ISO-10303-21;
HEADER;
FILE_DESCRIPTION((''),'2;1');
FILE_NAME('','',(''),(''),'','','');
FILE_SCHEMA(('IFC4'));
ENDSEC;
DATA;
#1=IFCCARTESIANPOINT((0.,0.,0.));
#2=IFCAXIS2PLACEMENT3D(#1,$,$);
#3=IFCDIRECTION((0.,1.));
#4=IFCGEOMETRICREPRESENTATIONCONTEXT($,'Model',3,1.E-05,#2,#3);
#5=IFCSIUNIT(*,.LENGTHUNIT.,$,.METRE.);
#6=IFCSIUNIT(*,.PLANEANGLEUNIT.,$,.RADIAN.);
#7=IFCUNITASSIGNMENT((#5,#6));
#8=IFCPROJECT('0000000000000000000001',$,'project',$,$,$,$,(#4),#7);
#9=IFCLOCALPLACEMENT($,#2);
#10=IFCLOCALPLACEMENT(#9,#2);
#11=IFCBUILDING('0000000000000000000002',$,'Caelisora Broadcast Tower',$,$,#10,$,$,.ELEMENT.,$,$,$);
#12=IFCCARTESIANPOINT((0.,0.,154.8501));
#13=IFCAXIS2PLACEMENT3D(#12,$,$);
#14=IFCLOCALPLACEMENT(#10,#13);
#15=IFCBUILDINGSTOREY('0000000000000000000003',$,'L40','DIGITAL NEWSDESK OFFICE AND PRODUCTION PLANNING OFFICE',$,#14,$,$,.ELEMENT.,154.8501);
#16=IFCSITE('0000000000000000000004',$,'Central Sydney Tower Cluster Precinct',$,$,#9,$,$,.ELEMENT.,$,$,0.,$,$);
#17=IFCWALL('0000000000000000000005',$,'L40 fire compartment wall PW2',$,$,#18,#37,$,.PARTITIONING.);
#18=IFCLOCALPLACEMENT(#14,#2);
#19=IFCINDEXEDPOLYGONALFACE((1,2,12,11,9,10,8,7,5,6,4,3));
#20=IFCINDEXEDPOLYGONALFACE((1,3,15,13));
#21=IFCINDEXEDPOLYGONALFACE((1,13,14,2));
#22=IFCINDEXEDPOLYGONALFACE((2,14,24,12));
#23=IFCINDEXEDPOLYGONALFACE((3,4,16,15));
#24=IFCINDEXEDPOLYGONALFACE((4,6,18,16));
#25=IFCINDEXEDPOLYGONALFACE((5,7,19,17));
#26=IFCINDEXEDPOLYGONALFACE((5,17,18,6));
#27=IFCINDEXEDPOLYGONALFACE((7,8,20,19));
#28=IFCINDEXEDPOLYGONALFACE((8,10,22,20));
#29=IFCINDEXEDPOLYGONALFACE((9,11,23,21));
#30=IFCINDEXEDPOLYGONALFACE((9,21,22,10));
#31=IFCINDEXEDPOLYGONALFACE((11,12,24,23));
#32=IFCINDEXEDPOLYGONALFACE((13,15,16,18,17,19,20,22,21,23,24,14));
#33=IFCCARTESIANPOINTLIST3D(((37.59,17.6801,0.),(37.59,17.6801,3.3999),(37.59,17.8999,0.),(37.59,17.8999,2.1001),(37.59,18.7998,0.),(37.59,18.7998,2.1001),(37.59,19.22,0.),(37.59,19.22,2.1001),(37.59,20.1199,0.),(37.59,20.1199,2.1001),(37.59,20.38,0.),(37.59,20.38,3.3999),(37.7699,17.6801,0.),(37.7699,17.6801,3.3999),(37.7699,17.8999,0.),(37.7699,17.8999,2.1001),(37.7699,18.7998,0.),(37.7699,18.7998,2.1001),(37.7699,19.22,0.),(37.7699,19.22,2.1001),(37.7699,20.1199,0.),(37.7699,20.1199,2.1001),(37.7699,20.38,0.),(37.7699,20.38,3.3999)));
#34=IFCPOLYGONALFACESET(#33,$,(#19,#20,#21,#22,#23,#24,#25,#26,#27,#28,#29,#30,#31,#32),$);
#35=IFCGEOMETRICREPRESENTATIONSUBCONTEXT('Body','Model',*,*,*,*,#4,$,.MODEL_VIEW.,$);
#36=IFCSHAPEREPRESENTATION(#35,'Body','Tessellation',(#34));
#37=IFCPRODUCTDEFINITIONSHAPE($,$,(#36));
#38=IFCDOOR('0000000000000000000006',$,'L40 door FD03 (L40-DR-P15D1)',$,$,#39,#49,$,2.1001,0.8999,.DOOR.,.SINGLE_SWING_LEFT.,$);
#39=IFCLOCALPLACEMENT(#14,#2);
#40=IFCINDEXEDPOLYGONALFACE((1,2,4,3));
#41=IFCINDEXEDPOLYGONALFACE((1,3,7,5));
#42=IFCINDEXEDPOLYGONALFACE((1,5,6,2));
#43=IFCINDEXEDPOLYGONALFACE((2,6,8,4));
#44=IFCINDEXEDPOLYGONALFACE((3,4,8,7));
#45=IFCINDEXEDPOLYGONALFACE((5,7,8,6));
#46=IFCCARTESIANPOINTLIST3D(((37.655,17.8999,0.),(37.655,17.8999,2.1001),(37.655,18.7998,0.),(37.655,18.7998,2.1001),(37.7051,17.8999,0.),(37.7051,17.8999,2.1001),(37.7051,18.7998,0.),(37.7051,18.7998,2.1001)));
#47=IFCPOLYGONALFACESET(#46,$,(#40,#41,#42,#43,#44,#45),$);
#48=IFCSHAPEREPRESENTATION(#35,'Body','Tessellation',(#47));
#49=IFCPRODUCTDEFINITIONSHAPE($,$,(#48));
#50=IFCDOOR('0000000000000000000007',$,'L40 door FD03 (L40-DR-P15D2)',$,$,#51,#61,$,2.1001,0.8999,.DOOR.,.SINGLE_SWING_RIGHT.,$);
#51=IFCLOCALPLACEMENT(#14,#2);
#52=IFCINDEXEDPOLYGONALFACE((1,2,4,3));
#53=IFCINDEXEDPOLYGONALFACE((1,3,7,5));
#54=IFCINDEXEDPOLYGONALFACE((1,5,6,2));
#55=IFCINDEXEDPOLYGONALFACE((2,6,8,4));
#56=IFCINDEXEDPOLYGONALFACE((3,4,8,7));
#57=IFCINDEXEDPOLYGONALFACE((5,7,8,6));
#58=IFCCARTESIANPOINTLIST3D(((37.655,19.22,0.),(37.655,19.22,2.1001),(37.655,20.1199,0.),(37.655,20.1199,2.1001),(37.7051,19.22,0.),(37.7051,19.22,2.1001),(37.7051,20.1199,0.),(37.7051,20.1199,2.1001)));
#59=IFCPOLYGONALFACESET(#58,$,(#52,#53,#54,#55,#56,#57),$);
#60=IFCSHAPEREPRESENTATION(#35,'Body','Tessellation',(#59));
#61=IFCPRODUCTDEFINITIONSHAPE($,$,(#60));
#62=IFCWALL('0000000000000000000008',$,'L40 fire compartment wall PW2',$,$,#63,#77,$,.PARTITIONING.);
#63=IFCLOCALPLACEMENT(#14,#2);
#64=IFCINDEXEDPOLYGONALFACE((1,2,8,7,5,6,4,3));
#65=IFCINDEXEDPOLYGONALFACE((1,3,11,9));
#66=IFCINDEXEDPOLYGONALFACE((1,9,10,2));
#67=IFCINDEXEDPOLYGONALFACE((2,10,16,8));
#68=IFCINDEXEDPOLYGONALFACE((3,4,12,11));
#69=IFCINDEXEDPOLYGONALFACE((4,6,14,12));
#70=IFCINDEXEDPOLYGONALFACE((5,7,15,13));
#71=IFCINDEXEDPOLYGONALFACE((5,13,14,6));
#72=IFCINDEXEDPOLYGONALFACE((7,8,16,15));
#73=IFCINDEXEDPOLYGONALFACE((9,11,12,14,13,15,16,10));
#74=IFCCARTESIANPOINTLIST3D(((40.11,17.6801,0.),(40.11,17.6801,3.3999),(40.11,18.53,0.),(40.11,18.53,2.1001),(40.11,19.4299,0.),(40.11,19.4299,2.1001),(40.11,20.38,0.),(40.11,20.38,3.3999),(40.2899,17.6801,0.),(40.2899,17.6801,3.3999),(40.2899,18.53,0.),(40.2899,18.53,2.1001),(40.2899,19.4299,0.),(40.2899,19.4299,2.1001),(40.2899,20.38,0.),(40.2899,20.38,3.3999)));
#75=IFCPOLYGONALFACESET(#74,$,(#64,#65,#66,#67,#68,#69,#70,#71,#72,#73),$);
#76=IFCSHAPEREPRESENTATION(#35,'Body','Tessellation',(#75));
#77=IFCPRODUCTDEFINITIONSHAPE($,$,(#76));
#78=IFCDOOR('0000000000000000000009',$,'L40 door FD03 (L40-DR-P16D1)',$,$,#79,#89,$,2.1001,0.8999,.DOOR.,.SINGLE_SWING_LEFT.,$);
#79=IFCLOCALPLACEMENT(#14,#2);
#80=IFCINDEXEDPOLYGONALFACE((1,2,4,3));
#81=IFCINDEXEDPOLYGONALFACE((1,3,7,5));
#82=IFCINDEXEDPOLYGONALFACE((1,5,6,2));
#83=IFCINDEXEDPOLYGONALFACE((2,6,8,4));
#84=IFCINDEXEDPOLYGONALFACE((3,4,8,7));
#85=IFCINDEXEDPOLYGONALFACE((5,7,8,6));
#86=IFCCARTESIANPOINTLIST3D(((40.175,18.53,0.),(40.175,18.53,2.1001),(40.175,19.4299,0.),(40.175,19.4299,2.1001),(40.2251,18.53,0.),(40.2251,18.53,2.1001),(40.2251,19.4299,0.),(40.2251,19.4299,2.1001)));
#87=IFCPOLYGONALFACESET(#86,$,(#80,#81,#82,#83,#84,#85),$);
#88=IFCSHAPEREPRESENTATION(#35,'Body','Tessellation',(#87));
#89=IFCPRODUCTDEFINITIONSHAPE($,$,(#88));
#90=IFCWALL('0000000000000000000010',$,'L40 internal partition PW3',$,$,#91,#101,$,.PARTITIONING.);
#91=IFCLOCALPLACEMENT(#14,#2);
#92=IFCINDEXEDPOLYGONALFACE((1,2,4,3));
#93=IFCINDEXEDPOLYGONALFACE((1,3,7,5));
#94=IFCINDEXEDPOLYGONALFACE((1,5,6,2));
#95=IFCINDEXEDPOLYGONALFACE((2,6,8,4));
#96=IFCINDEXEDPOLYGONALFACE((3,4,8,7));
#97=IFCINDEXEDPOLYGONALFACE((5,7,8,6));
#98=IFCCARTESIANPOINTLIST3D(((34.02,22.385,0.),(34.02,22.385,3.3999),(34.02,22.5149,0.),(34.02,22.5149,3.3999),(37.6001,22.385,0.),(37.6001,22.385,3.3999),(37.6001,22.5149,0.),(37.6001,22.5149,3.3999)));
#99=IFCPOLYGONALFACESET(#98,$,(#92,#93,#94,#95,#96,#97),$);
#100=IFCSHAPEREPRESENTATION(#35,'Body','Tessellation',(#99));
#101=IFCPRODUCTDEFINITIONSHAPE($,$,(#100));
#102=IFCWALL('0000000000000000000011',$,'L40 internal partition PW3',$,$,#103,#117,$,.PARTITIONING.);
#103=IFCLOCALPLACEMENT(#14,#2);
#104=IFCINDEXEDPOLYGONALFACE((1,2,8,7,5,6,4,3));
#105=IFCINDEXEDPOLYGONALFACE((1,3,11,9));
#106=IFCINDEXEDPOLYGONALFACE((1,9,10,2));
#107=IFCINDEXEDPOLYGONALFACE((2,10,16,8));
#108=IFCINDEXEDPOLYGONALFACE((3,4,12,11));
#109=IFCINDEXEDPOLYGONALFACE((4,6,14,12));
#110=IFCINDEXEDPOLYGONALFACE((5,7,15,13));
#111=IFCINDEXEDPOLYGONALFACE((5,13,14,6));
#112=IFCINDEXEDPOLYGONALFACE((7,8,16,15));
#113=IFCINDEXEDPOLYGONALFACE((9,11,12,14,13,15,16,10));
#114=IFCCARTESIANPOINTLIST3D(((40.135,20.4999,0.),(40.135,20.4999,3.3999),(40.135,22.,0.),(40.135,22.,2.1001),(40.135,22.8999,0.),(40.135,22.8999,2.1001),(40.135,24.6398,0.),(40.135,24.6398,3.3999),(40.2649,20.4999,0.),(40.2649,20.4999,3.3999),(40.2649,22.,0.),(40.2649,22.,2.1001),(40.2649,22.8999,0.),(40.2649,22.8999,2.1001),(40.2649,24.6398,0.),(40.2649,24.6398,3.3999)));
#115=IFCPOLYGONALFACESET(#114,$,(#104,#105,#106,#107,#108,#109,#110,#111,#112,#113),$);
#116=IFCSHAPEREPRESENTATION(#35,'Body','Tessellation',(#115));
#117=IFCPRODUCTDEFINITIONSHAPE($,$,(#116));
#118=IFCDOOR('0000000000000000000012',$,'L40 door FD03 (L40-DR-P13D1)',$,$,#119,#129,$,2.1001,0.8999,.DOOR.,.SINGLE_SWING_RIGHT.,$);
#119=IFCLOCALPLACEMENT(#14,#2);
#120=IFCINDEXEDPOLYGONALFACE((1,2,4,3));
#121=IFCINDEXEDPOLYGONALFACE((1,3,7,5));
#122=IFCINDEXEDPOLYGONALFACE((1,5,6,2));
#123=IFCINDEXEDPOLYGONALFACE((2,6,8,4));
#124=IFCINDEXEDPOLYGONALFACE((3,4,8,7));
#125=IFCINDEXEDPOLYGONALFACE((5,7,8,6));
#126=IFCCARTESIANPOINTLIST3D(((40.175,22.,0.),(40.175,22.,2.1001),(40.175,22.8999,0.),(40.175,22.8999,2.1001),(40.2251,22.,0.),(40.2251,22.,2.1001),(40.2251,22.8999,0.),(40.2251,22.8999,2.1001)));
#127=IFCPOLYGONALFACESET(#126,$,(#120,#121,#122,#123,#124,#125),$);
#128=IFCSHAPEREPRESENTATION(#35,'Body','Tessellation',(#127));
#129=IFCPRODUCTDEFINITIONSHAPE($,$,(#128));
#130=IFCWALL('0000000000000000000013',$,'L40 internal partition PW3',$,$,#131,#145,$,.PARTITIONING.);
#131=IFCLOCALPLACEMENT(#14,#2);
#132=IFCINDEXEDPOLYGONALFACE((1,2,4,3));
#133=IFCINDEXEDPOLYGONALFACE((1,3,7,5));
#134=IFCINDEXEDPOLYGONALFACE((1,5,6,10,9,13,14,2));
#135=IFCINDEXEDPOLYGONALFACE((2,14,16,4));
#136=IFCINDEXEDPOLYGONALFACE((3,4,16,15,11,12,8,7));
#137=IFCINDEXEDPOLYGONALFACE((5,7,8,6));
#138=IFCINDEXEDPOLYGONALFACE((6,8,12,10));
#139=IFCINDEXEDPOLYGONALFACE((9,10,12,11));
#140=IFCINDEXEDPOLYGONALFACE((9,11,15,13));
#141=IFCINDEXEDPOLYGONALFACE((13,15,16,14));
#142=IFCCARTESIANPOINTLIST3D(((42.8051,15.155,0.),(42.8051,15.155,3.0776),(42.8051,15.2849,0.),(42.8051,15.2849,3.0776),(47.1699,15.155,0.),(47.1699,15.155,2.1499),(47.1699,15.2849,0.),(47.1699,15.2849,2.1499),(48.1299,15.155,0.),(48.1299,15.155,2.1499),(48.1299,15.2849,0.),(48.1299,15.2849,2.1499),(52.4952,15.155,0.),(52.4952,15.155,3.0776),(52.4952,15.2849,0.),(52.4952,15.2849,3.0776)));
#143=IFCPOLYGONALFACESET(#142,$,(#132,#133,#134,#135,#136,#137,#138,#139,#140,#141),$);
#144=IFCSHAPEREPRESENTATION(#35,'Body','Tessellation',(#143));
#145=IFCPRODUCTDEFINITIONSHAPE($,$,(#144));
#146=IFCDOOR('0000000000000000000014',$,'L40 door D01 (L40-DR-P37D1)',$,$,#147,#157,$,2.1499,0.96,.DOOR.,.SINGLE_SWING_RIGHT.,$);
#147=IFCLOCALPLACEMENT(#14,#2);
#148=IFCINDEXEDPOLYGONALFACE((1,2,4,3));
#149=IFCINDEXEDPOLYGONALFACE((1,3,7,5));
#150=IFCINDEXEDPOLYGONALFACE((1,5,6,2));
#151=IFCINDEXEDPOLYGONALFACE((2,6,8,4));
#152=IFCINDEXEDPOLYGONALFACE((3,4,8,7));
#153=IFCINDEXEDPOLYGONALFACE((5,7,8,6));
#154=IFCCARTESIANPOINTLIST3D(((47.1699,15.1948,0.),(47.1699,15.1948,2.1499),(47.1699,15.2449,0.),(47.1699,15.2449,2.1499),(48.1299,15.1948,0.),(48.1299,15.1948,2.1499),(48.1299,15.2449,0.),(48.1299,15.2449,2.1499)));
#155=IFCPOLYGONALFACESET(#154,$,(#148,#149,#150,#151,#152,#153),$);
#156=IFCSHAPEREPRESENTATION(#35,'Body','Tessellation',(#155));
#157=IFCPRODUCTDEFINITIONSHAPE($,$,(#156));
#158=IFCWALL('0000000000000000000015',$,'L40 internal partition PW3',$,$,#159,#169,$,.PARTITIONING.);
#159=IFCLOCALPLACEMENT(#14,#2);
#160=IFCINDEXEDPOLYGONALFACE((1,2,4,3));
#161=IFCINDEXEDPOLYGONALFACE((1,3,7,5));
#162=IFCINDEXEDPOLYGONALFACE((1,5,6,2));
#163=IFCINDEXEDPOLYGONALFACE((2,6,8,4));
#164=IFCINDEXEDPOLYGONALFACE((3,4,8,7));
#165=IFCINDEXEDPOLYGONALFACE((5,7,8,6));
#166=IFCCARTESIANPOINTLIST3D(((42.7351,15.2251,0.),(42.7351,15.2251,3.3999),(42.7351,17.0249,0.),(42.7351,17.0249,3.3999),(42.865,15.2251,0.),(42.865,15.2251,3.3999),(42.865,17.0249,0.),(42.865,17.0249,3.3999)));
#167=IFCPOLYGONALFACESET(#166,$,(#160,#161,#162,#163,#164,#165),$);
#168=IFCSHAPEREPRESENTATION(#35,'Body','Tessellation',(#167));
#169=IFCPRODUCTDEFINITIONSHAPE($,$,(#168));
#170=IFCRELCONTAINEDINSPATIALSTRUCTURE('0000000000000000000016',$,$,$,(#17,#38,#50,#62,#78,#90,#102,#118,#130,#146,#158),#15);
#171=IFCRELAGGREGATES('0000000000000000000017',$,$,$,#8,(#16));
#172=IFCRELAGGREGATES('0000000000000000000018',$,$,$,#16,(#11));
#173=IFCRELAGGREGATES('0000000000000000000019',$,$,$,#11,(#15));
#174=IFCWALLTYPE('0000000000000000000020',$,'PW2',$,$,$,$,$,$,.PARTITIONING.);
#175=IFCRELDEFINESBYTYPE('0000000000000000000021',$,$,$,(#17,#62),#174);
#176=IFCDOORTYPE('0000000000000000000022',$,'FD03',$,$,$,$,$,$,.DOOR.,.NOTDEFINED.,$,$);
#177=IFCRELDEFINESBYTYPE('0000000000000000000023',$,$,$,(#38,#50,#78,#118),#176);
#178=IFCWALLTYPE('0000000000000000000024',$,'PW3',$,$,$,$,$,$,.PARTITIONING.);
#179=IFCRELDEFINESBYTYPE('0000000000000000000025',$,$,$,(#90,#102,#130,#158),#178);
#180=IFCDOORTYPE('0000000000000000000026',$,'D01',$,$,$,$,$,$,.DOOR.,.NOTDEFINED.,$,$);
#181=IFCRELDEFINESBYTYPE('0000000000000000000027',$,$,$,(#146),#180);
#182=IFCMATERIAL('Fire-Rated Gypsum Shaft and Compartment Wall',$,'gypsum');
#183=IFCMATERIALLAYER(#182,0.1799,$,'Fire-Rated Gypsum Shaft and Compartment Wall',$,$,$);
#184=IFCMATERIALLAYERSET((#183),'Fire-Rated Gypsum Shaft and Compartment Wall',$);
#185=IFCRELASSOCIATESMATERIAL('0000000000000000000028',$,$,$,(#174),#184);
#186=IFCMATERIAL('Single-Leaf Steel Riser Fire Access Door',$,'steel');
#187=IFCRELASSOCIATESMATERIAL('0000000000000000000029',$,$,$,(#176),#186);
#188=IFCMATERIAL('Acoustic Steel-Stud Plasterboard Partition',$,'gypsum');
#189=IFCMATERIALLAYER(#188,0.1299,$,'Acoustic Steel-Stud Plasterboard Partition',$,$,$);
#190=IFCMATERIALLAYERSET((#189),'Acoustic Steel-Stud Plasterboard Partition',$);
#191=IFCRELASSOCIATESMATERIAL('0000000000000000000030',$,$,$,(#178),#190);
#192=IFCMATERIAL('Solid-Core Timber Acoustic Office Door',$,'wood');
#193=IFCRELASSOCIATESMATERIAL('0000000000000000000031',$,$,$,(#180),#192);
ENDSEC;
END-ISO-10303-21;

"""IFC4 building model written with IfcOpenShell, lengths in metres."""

from ifc_helpers import new_model, si_unit, direction, frame, frame_2d, origin, place, context, subcontext, project, spatial, rectangle, extrude, material, layer, layer_set, type_object, element, fill, save


model = new_model("IFC4")

# Units and contexts
model_context = context("Model", 3, precision=1e-05, world=origin(), true_north=direction((0.0, 1.0)))
body_context = subcontext(model_context, "Body", "Model", "MODEL_VIEW")
ifc_project = project(units=[si_unit("LENGTHUNIT", "METRE"), si_unit("PLANEANGLEUNIT", "RADIAN")], contexts=[model_context])

# Site, building, storey
site_placement = place(None, origin())
site = spatial("IfcSite", under=ifc_project, at=site_placement, Name="Central Sydney Tower Cluster Precinct", CompositionType="ELEMENT", RefElevation=0.0)
building_placement = place(site_placement, origin())
building = spatial("IfcBuilding", under=site, at=building_placement, Name="Caelisora Broadcast Tower", CompositionType="ELEMENT")
storey_placement = place(building_placement, frame((0.0, 0.0, 154.8501)))
storey = spatial("IfcBuildingStorey", under=building, at=storey_placement, Name="L40", Description="DIGITAL NEWSDESK OFFICE AND PRODUCTION PLANNING OFFICE", CompositionType="ELEMENT", Elevation=154.8501)

# Shared definitions
ifc_material_1 = material(Name="Fire-Rated Gypsum Shaft and Compartment Wall", Category="gypsum")
ifc_layer_1 = layer(ifc_material_1, 0.1799, Name="Fire-Rated Gypsum Shaft and Compartment Wall")
ifc_layer_set_1 = layer_set([ifc_layer_1], Name="Fire-Rated Gypsum Shaft and Compartment Wall")
wall_type_1 = type_object("IfcWallType", Name="PW2", PredefinedType="PARTITIONING", material=ifc_layer_set_1)

# Wall, openings, doors
wall_1_placement = place(storey_placement, frame((37.6799, 17.6799, 0.0), z_axis=(0.0, 0.0, 1.0), x_axis=(0.0, 1.0, 0.0)))
wall_1 = element("IfcWall", 1, at=wall_1_placement, inside=storey, type_object=wall_type_1, Name="L40 fire compartment wall PW2", PredefinedType="PARTITIONING", context=body_context, shape_type="SweptSolid", body=[
    extrude(rectangle(XDim=2.7, YDim=0.1799, at=frame_2d((1.3501, 0.0))), origin(), (0.0, 0.0, 1.0), 3.3999),
])
opening_1_placement = place(wall_1_placement, frame((0.22, 0.0, 0.0)))
opening_1 = element("IfcOpeningElement", 2, at=opening_1_placement, cuts=wall_1, PredefinedType="OPENING", context=body_context, shape_type="SweptSolid", body=[
    extrude(rectangle(XDim=0.8999, YDim=2.1001, at=frame_2d((0.45, 1.05))), frame((0.0, 0.1021, 0.0), z_axis=(0.0, -1.0, 0.0), x_axis=(1.0, 0.0, 0.0)), (0.0, 0.0, 1.0), 0.2039),
])
opening_2_placement = place(wall_1_placement, frame((1.54, 0.0, 0.0)))
opening_2 = element("IfcOpeningElement", 3, at=opening_2_placement, cuts=wall_1, PredefinedType="OPENING", context=body_context, shape_type="SweptSolid", body=[
    extrude(rectangle(XDim=0.8999, YDim=2.1001, at=frame_2d((0.45, 1.05))), frame((0.0, 0.1021, 0.0), z_axis=(0.0, -1.0, 0.0), x_axis=(1.0, 0.0, 0.0)), (0.0, 0.0, 1.0), 0.2039),
])
ifc_material_2 = material(Name="Single-Leaf Steel Riser Fire Access Door", Category="steel")
door_type_1 = type_object("IfcDoorType", Name="FD03", OperationType="NOTDEFINED", PredefinedType="DOOR", material=ifc_material_2)
door_1_placement = place(opening_1_placement, origin())
door_1 = element("IfcDoor", 4, at=door_1_placement, inside=storey, type_object=door_type_1, Name="L40 door FD03 (L40-DR-P15D1)", OperationType="SINGLE_SWING_LEFT", OverallHeight=2.1001, OverallWidth=0.8999, PredefinedType="DOOR", context=body_context, shape_type="SweptSolid", body=[
    extrude(rectangle(XDim=0.8999, YDim=2.1001, at=frame_2d((0.45, 1.05))), frame((0.0, 0.0249, 0.0), z_axis=(0.0, -1.0, 0.0), x_axis=(1.0, 0.0, 0.0)), (0.0, 0.0, 1.0), 0.05),
])
fill(opening_1, door_1)
door_2_placement = place(opening_2_placement, origin())
door_2 = element("IfcDoor", 5, at=door_2_placement, inside=storey, type_object=door_type_1, Name="L40 door FD03 (L40-DR-P15D2)", OperationType="SINGLE_SWING_RIGHT", OverallHeight=2.1001, OverallWidth=0.8999, PredefinedType="DOOR", context=body_context, shape_type="SweptSolid", body=[
    extrude(rectangle(XDim=0.8999, YDim=2.1001, at=frame_2d((0.45, 1.05))), frame((0.0, 0.0249, 0.0), z_axis=(0.0, -1.0, 0.0), x_axis=(1.0, 0.0, 0.0)), (0.0, 0.0, 1.0), 0.05),
])
fill(opening_2, door_2)

# Wall, opening, door
wall_2_placement = place(storey_placement, frame((40.2, 17.6799, 0.0), z_axis=(0.0, 0.0, 1.0), x_axis=(0.0, 1.0, 0.0)))
wall_2 = element("IfcWall", 6, at=wall_2_placement, inside=storey, type_object=wall_type_1, Name="L40 fire compartment wall PW2", PredefinedType="PARTITIONING", context=body_context, shape_type="SweptSolid", body=[
    extrude(rectangle(XDim=2.7, YDim=0.1799, at=frame_2d((1.3501, 0.0))), origin(), (0.0, 0.0, 1.0), 3.3999),
])
opening_3_placement = place(wall_2_placement, frame((0.8501, 0.0, 0.0)))
opening_3 = element("IfcOpeningElement", 7, at=opening_3_placement, cuts=wall_2, PredefinedType="OPENING", context=body_context, shape_type="SweptSolid", body=[
    extrude(rectangle(XDim=0.8999, YDim=2.1001, at=frame_2d((0.45, 1.05))), frame((0.0, 0.1021, 0.0), z_axis=(0.0, -1.0, 0.0), x_axis=(1.0, 0.0, 0.0)), (0.0, 0.0, 1.0), 0.2039),
])
door_3_placement = place(opening_3_placement, origin())
door_3 = element("IfcDoor", 8, at=door_3_placement, inside=storey, type_object=door_type_1, Name="L40 door FD03 (L40-DR-P16D1)", OperationType="SINGLE_SWING_LEFT", OverallHeight=2.1001, OverallWidth=0.8999, PredefinedType="DOOR", context=body_context, shape_type="SweptSolid", body=[
    extrude(rectangle(XDim=0.8999, YDim=2.1001, at=frame_2d((0.45, 1.05))), frame((0.0, 0.0249, 0.0), z_axis=(0.0, -1.0, 0.0), x_axis=(1.0, 0.0, 0.0)), (0.0, 0.0, 1.0), 0.05),
])
fill(opening_3, door_3)

# Wall
ifc_material_3 = material(Name="Acoustic Steel-Stud Plasterboard Partition", Category="gypsum")
ifc_layer_2 = layer(ifc_material_3, 0.1299, Name="Acoustic Steel-Stud Plasterboard Partition")
ifc_layer_set_2 = layer_set([ifc_layer_2], Name="Acoustic Steel-Stud Plasterboard Partition")
wall_type_2 = type_object("IfcWallType", Name="PW3", PredefinedType="PARTITIONING", material=ifc_layer_set_2)
wall_3_placement = place(storey_placement, frame((34.02, 22.45, 0.0), z_axis=(0.0, 0.0, 1.0), x_axis=(1.0, 0.0, 0.0)))
element("IfcWall", 9, at=wall_3_placement, inside=storey, type_object=wall_type_2, Name="L40 internal partition PW3", PredefinedType="PARTITIONING", context=body_context, shape_type="SweptSolid", body=[
    extrude(rectangle(XDim=3.5801, YDim=0.1299, at=frame_2d((1.79, 0.0))), origin(), (0.0, 0.0, 1.0), 3.3999),
])

# Walls, openings, doors
wall_4_placement = place(storey_placement, frame((40.2, 20.5, 0.0), z_axis=(0.0, 0.0, 1.0), x_axis=(0.0, 1.0, 0.0)))
wall_4 = element("IfcWall", 10, at=wall_4_placement, inside=storey, type_object=wall_type_2, Name="L40 internal partition PW3", PredefinedType="PARTITIONING", context=body_context, shape_type="SweptSolid", body=[
    extrude(rectangle(XDim=4.1399, YDim=0.1299, at=frame_2d((2.0698, 0.0))), origin(), (0.0, 0.0, 1.0), 3.3999),
])
opening_4_placement = place(wall_4_placement, frame((1.5, 0.0, 0.0)))
opening_4 = element("IfcOpeningElement", 11, at=opening_4_placement, cuts=wall_4, PredefinedType="OPENING", context=body_context, shape_type="SweptSolid", body=[
    extrude(rectangle(XDim=0.8999, YDim=2.1001, at=frame_2d((0.45, 1.05))), frame((0.0, 0.0769, 0.0), z_axis=(0.0, -1.0, 0.0), x_axis=(1.0, 0.0, 0.0)), (0.0, 0.0, 1.0), 0.1538),
])
door_4_placement = place(opening_4_placement, origin())
door_4 = element("IfcDoor", 12, at=door_4_placement, inside=storey, type_object=door_type_1, Name="L40 door FD03 (L40-DR-P13D1)", OperationType="SINGLE_SWING_RIGHT", OverallHeight=2.1001, OverallWidth=0.8999, PredefinedType="DOOR", context=body_context, shape_type="SweptSolid", body=[
    extrude(rectangle(XDim=0.8999, YDim=2.1001, at=frame_2d((0.45, 1.05))), frame((0.0, 0.0249, 0.0), z_axis=(0.0, -1.0, 0.0), x_axis=(1.0, 0.0, 0.0)), (0.0, 0.0, 1.0), 0.05),
])
fill(opening_4, door_4)
wall_5_placement = place(storey_placement, frame((42.8049, 15.22, 0.0), z_axis=(0.0, 0.0, 1.0), x_axis=(1.0, 0.0, 0.0)))
wall_5 = element("IfcWall", 13, at=wall_5_placement, inside=storey, type_object=wall_type_2, Name="L40 internal partition PW3", PredefinedType="PARTITIONING", context=body_context, shape_type="SweptSolid", body=[
    extrude(rectangle(XDim=9.6902, YDim=0.1299, at=frame_2d((4.8452, 0.0))), origin(), (0.0, 0.0, 1.0), 3.0776),
])
opening_5_placement = place(wall_5_placement, frame((4.365, 0.0, 0.0)))
opening_5 = element("IfcOpeningElement", 14, at=opening_5_placement, cuts=wall_5, PredefinedType="OPENING", context=body_context, shape_type="SweptSolid", body=[
    extrude(rectangle(XDim=0.96, YDim=2.1499, at=frame_2d((0.48, 1.075))), frame((0.0, 0.0769, 0.0), z_axis=(0.0, -1.0, 0.0), x_axis=(1.0, 0.0, 0.0)), (0.0, 0.0, 1.0), 0.1538),
])
ifc_material_4 = material(Name="Solid-Core Timber Acoustic Office Door", Category="wood")
door_type_2 = type_object("IfcDoorType", Name="D01", OperationType="NOTDEFINED", PredefinedType="DOOR", material=ifc_material_4)
door_5_placement = place(opening_5_placement, origin())
door_5 = element("IfcDoor", 15, at=door_5_placement, inside=storey, type_object=door_type_2, Name="L40 door D01 (L40-DR-P37D1)", OperationType="SINGLE_SWING_RIGHT", OverallHeight=2.1499, OverallWidth=0.96, PredefinedType="DOOR", context=body_context, shape_type="SweptSolid", body=[
    extrude(rectangle(XDim=0.96, YDim=2.1499, at=frame_2d((0.48, 1.075))), frame((0.0, 0.0249, 0.0), z_axis=(0.0, -1.0, 0.0), x_axis=(1.0, 0.0, 0.0)), (0.0, 0.0, 1.0), 0.05),
])
fill(opening_5, door_5)

# Wall
wall_6_placement = place(storey_placement, frame((42.8, 15.2251, 0.0), z_axis=(0.0, 0.0, 1.0), x_axis=(0.0, 1.0, 0.0)))
element("IfcWall", 16, at=wall_6_placement, inside=storey, type_object=wall_type_2, Name="L40 internal partition PW3", PredefinedType="PARTITIONING", context=body_context, shape_type="SweptSolid", body=[
    extrude(rectangle(XDim=1.7998, YDim=0.1299, at=frame_2d((0.8999, 0.0))), origin(), (0.0, 0.0, 1.0), 3.3999),
])

save(model, "model.ifc")
